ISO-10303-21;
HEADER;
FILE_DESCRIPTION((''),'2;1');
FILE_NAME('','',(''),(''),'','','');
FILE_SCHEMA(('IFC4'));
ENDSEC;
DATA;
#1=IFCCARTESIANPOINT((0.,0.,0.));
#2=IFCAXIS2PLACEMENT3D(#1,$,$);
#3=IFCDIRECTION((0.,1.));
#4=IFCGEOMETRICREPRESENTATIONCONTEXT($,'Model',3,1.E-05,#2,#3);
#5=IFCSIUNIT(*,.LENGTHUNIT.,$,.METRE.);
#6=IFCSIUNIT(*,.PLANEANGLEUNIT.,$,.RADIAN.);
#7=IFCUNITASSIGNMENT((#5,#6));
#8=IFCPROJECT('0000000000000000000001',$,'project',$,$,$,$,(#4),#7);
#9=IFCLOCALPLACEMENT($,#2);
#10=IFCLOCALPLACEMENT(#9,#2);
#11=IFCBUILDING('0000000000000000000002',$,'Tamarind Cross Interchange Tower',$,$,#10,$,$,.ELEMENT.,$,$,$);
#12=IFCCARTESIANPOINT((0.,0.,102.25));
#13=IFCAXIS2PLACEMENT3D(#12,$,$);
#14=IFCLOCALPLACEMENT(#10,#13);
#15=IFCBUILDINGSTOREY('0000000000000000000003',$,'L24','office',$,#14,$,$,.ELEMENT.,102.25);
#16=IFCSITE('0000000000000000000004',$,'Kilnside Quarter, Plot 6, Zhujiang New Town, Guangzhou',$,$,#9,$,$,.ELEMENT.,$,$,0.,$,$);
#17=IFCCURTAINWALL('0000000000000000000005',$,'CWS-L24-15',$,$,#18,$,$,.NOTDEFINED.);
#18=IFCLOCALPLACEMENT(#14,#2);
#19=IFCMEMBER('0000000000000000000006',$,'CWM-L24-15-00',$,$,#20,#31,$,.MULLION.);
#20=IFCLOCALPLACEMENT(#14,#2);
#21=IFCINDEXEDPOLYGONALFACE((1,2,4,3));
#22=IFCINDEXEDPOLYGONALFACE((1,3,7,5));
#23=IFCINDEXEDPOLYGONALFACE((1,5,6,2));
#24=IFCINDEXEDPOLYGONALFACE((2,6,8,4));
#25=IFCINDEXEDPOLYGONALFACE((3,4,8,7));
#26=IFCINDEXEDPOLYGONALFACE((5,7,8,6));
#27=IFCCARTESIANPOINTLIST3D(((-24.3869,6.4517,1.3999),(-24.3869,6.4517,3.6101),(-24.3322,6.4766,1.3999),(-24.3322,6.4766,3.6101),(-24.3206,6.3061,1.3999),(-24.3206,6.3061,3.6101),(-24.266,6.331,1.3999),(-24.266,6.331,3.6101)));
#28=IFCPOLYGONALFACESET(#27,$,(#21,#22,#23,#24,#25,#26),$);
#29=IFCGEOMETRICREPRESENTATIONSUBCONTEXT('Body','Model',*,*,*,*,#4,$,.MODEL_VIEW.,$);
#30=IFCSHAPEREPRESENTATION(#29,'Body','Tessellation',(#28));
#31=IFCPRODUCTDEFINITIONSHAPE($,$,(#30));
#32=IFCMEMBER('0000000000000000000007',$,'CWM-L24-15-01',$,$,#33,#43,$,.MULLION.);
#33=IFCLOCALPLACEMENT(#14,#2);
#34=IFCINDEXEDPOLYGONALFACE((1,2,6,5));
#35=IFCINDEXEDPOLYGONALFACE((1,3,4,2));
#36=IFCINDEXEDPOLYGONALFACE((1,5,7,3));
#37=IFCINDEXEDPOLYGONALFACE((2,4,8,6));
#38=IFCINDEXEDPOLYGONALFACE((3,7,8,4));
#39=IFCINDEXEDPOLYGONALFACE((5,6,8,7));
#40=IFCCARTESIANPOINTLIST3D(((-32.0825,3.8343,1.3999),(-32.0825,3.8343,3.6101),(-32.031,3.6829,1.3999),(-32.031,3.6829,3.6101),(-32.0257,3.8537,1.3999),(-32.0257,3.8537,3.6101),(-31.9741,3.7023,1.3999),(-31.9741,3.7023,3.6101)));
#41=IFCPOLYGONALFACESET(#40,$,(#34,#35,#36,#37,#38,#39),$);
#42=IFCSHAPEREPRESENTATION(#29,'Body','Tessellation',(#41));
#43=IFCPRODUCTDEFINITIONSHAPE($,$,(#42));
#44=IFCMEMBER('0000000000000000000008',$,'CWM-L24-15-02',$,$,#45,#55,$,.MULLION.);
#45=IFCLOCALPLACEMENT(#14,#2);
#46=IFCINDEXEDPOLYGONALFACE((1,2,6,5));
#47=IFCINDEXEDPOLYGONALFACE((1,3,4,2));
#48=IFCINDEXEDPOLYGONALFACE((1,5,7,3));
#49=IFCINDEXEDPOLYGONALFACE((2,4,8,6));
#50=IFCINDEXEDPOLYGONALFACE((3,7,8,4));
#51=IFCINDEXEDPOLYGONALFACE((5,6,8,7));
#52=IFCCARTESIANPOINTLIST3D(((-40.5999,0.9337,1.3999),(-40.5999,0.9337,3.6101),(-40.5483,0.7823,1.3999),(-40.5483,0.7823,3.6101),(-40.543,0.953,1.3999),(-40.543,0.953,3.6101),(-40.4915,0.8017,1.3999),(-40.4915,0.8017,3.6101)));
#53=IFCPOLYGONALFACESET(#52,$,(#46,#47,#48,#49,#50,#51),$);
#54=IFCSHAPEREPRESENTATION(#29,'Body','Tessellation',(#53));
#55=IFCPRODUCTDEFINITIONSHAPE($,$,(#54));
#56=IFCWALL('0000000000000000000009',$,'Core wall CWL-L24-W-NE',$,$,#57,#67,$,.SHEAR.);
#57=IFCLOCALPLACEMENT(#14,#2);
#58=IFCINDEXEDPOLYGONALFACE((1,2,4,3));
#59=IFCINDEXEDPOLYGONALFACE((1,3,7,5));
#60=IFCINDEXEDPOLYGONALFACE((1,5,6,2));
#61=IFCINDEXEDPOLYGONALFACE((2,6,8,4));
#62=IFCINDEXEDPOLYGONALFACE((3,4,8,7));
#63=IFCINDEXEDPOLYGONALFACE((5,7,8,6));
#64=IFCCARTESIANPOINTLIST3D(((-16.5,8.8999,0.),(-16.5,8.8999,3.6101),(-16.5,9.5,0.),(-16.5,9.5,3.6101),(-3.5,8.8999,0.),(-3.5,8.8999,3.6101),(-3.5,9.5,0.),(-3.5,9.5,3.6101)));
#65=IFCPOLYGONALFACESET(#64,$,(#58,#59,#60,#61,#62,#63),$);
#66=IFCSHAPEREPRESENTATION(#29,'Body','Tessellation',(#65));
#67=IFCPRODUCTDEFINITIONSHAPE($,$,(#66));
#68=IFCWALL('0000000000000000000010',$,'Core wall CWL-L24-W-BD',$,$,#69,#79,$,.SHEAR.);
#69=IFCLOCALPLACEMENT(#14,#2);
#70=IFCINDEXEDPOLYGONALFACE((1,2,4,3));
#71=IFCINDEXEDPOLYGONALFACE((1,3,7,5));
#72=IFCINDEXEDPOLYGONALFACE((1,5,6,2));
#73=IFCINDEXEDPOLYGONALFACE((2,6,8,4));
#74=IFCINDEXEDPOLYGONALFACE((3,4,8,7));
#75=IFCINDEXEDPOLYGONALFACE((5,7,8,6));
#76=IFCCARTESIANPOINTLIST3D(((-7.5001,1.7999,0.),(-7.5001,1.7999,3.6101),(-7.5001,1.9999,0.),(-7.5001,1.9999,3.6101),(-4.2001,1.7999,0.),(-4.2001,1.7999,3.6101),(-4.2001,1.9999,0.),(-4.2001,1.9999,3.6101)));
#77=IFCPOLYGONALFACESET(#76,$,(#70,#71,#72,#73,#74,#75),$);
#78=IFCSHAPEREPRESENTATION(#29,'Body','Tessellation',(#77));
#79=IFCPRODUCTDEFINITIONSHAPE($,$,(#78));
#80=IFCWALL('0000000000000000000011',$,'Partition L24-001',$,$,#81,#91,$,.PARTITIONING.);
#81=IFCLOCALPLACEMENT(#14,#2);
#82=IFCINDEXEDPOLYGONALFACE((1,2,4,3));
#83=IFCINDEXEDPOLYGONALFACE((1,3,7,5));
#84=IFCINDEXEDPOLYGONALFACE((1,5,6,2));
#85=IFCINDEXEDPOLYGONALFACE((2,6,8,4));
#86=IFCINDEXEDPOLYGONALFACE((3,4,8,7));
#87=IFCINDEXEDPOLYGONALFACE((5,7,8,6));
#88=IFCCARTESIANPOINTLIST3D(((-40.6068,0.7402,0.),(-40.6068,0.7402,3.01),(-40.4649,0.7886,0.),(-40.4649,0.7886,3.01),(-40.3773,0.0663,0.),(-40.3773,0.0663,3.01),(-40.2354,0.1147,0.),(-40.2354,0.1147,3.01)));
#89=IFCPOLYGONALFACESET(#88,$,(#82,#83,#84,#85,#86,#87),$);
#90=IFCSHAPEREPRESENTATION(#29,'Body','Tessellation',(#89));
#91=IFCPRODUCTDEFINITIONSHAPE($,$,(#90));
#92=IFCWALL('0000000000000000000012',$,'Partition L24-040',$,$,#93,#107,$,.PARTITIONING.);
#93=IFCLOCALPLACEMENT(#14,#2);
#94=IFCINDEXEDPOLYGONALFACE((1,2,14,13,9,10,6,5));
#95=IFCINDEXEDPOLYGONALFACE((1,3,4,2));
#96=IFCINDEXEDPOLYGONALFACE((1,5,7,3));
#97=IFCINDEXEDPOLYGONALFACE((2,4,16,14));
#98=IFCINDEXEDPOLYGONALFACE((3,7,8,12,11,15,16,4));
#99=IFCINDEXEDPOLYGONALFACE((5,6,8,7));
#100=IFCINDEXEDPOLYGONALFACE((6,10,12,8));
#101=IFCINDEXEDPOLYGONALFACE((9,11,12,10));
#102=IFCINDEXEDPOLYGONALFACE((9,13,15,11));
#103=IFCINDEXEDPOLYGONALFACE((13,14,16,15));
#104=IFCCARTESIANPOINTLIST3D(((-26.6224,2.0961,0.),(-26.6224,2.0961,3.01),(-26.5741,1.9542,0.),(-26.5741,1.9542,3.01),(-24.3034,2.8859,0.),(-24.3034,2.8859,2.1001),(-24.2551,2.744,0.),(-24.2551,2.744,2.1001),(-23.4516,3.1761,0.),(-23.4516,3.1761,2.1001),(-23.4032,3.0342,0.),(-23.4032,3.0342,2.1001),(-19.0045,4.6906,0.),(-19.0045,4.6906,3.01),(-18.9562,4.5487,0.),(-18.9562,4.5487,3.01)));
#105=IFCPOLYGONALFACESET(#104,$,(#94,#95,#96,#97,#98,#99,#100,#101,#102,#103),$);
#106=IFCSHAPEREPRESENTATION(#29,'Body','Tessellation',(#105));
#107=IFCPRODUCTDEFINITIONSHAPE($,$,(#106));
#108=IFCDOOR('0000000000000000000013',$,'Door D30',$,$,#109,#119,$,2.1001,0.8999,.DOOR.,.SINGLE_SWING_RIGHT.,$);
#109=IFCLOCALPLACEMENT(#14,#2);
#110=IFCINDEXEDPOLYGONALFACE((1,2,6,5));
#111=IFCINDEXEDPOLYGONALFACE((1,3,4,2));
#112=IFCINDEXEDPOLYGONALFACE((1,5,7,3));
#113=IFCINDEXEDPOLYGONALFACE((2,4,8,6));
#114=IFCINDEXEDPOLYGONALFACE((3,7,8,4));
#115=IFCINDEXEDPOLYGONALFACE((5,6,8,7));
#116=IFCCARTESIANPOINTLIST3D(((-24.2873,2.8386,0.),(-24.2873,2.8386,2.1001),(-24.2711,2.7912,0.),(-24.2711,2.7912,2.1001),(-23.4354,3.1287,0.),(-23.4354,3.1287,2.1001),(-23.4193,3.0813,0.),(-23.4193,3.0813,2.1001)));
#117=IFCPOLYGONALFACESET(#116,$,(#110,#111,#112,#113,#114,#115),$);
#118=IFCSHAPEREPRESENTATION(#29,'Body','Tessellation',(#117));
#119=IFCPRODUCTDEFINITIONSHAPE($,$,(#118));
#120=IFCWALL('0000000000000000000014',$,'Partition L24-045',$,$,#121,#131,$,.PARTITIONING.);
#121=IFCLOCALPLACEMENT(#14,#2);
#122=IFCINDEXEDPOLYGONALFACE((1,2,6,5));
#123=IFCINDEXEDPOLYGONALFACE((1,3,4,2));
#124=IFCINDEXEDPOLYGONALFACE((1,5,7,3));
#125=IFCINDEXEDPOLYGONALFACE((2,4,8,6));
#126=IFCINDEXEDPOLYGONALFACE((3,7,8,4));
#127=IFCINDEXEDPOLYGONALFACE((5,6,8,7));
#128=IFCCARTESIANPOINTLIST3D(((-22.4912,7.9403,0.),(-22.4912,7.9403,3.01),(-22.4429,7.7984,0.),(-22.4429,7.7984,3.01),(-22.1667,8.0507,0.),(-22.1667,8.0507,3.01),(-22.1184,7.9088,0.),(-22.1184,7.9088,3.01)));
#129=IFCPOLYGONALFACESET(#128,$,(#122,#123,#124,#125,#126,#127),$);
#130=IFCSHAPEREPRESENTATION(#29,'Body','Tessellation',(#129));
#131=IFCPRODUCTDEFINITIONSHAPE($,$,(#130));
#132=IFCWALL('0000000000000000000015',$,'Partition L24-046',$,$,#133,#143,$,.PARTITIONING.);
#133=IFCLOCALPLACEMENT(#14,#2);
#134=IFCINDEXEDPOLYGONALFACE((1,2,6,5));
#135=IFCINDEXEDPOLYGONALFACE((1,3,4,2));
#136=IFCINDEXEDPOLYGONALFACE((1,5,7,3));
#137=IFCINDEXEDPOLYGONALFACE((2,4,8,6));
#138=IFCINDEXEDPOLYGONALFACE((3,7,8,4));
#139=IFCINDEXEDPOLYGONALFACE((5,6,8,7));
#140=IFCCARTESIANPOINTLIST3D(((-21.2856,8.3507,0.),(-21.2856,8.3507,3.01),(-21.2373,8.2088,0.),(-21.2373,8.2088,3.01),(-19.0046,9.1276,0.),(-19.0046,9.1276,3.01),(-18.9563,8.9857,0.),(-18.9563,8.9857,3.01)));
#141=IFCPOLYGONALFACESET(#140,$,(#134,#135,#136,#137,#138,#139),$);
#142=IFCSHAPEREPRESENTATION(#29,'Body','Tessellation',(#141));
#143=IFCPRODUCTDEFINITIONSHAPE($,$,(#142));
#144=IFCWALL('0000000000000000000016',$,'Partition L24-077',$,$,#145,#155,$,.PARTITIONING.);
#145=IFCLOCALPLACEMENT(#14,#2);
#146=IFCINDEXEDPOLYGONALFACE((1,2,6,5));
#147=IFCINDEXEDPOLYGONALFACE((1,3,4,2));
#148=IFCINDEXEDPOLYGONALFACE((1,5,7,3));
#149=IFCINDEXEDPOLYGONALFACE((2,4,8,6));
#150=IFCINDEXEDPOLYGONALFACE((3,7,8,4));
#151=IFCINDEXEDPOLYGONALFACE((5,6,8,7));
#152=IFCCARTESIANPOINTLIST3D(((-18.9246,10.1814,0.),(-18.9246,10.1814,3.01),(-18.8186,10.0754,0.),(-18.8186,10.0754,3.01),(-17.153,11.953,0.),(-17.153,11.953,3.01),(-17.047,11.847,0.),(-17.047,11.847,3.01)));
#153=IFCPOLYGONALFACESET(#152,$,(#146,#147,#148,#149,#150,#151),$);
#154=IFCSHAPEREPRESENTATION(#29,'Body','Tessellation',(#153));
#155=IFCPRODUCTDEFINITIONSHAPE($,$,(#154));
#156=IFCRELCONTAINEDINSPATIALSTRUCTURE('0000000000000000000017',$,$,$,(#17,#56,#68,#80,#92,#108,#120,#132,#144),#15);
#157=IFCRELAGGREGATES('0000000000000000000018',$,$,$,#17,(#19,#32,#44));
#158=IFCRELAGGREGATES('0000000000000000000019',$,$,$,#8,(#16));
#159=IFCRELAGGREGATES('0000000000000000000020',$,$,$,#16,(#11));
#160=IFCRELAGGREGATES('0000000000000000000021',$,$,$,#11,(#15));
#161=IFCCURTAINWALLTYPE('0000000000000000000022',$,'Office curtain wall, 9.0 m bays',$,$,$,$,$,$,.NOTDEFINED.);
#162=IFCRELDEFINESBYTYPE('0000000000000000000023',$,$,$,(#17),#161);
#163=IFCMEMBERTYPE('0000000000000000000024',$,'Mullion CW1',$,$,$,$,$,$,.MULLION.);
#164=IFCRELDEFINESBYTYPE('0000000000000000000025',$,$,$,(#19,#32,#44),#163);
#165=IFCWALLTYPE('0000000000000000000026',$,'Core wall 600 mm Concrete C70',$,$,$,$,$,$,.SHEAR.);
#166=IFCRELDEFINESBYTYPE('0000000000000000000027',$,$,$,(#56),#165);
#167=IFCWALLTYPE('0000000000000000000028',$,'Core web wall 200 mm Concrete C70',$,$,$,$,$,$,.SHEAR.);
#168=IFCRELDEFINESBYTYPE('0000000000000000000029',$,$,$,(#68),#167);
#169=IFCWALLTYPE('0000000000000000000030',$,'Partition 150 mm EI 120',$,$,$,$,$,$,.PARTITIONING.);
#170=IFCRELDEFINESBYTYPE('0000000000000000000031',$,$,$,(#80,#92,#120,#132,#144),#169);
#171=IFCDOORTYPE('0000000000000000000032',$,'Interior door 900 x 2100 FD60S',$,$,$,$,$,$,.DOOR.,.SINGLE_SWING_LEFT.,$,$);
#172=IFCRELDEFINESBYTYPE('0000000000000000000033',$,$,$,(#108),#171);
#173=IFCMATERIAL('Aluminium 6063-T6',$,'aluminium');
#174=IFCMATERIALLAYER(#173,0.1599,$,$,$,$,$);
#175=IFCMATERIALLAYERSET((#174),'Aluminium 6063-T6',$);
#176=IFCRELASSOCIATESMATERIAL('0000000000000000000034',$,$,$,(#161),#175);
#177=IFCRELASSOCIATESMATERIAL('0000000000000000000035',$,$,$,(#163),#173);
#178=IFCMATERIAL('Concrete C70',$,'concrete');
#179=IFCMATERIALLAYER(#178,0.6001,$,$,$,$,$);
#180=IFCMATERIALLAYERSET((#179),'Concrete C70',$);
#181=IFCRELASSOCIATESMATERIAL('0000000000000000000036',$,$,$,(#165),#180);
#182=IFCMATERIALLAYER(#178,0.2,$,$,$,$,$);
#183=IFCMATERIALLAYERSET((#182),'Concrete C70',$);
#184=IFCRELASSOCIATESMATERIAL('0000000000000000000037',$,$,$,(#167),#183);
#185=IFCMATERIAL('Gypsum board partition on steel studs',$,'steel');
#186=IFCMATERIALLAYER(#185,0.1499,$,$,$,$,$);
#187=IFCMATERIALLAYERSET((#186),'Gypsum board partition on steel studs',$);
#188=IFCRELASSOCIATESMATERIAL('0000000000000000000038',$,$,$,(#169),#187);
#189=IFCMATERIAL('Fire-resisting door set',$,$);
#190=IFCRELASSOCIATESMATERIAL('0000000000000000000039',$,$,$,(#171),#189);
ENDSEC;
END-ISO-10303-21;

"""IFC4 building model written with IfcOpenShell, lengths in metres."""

from ifc_helpers import new_model, si_unit, direction, frame, frame_2d, origin, origin_2d, place, context, subcontext, project, spatial, rectangle, extrude, material, layer, layer_set, material_profile, profile_set, type_object, element, fill, aggregate, save


model = new_model("IFC4")

# Units and contexts
model_context = context("Model", 3, precision=1e-05, world=origin(), true_north=direction((0.0, 1.0)))
body_context = subcontext(model_context, "Body", "Model", "MODEL_VIEW")
ifc_project = project(units=[si_unit("LENGTHUNIT", "METRE"), si_unit("PLANEANGLEUNIT", "RADIAN")], contexts=[model_context])

# Site, building, storey
site_placement = place(None, origin())
site = spatial("IfcSite", under=ifc_project, at=site_placement, Name="Kilnside Quarter, Plot 6, Zhujiang New Town, Guangzhou", CompositionType="ELEMENT", RefElevation=0.0)
building_placement = place(site_placement, origin())
building = spatial("IfcBuilding", under=site, at=building_placement, Name="Tamarind Cross Interchange Tower", CompositionType="ELEMENT")
storey_placement = place(building_placement, frame((0.0, 0.0, 102.25)))
storey = spatial("IfcBuildingStorey", under=building, at=storey_placement, Name="L24", Description="office", CompositionType="ELEMENT", Elevation=102.25)

# Curtain wall, members
ifc_material_1 = material(Name="Aluminium 6063-T6", Category="aluminium")
ifc_layer_1 = layer(ifc_material_1, 0.1599)
ifc_layer_set_1 = layer_set([ifc_layer_1], Name="Aluminium 6063-T6")
curtain_wall_type = type_object("IfcCurtainWallType", Name="Office curtain wall, 9.0 m bays", PredefinedType="NOTDEFINED", material=ifc_layer_set_1)
curtain_wall_placement = place(storey_placement, origin())
curtain_wall = element("IfcCurtainWall", 1, at=curtain_wall_placement, inside=storey, type_object=curtain_wall_type, Name="CWS-L24-15", PredefinedType="NOTDEFINED")
ifc_material_profile_1 = material_profile(ifc_material_1, rectangle(XDim=0.0601, YDim=0.1599, at=origin_2d()), Name="Mullion CW1")
ifc_profile_set_1 = profile_set([ifc_material_profile_1], Name="Aluminium 6063-T6")
member_type = type_object("IfcMemberType", Name="Mullion CW1", PredefinedType="MULLION", material=ifc_profile_set_1)
member_1_placement = place(storey_placement, frame((-24.3264, 6.3914, 1.3999), z_axis=(0.0, 0.0, 1.0), x_axis=(-0.910165, -0.414246, 0.0)))
member_1 = element("IfcMember", 2, at=member_1_placement, type_object=member_type, Name="CWM-L24-15-00", PredefinedType="MULLION", context=body_context, shape_type="SweptSolid", body=[
    extrude(rectangle(XDim=0.0601, YDim=0.1599, at=origin_2d()), origin(), (0.0, 0.0, 1.0), 2.2102),
])
member_2_placement = place(storey_placement, frame((-32.0283, 3.7683, 1.3999), z_axis=(0.0, 0.0, 1.0), x_axis=(-0.946613, -0.322371, 0.0)))
member_2 = element("IfcMember", 3, at=member_2_placement, type_object=member_type, Name="CWM-L24-15-01", PredefinedType="MULLION", context=body_context, shape_type="SweptSolid", body=[
    extrude(rectangle(XDim=0.0601, YDim=0.1599, at=origin_2d()), origin(), (0.0, 0.0, 1.0), 2.2102),
])
member_3_placement = place(storey_placement, frame((-40.5457, 0.8677, 1.3999), z_axis=(0.0, 0.0, 1.0), x_axis=(-0.946613, -0.322371, 0.0)))
member_3 = element("IfcMember", 4, at=member_3_placement, type_object=member_type, Name="CWM-L24-15-02", PredefinedType="MULLION", context=body_context, shape_type="SweptSolid", body=[
    extrude(rectangle(XDim=0.0601, YDim=0.1599, at=origin_2d()), origin(), (0.0, 0.0, 1.0), 2.2102),
])
aggregate(curtain_wall, [member_1, member_2, member_3])

# Walls
ifc_material_2 = material(Name="Concrete C70", Category="concrete")
ifc_layer_2 = layer(ifc_material_2, 0.6001)
ifc_layer_set_2 = layer_set([ifc_layer_2], Name="Concrete C70")
wall_type_1 = type_object("IfcWallType", Name="Core wall 600 mm Concrete C70", PredefinedType="SHEAR", material=ifc_layer_set_2)
wall_1_placement = place(storey_placement, frame((-16.5, 9.2, 0.0), z_axis=(0.0, 0.0, 1.0), x_axis=(1.0, 0.0, 0.0)))
element("IfcWall", 5, at=wall_1_placement, inside=storey, type_object=wall_type_1, Name="Core wall CWL-L24-W-NE", PredefinedType="SHEAR", context=body_context, shape_type="SweptSolid", body=[
    extrude(rectangle(XDim=13.0, YDim=0.6001, at=frame_2d((6.5, 0.0))), origin(), (0.0, 0.0, 1.0), 3.6101),
])
ifc_layer_3 = layer(ifc_material_2, 0.2)
ifc_layer_set_3 = layer_set([ifc_layer_3], Name="Concrete C70")
wall_type_2 = type_object("IfcWallType", Name="Core web wall 200 mm Concrete C70", PredefinedType="SHEAR", material=ifc_layer_set_3)
wall_2_placement = place(storey_placement, frame((-7.5, 1.8999, 0.0), z_axis=(0.0, 0.0, 1.0), x_axis=(1.0, 0.0, 0.0)))
element("IfcWall", 6, at=wall_2_placement, inside=storey, type_object=wall_type_2, Name="Core wall CWL-L24-W-BD", PredefinedType="SHEAR", context=body_context, shape_type="SweptSolid", body=[
    extrude(rectangle(XDim=3.3, YDim=0.2, at=frame_2d((1.6499, 0.0))), origin(), (0.0, 0.0, 1.0), 3.6101),
])
ifc_material_3 = material(Name="Gypsum board partition on steel studs", Category="steel")
ifc_layer_4 = layer(ifc_material_3, 0.1499)
ifc_layer_set_4 = layer_set([ifc_layer_4], Name="Gypsum board partition on steel studs")
wall_type_3 = type_object("IfcWallType", Name="Partition 150 mm EI 120", PredefinedType="PARTITIONING", material=ifc_layer_set_4)
wall_3_placement = place(storey_placement, frame((-40.5359, 0.7644, 0.0), z_axis=(0.0, 0.0, 1.0), x_axis=(0.322395, -0.946605, 0.0)))
element("IfcWall", 7, at=wall_3_placement, inside=storey, type_object=wall_type_3, Name="Partition L24-001", PredefinedType="PARTITIONING", context=body_context, shape_type="SweptSolid", body=[
    extrude(rectangle(XDim=0.7119, YDim=0.1499, at=frame_2d((0.356, 0.0))), origin(), (0.0, 0.0, 1.0), 3.01),
])

# Wall, opening, door
wall_4_placement = place(storey_placement, frame((-26.5984, 2.0251, 0.0), z_axis=(0.0, 0.0, 1.0), x_axis=(0.946606, 0.322392, 0.0)))
wall_4 = element("IfcWall", 8, at=wall_4_placement, inside=storey, type_object=wall_type_3, Name="Partition L24-040", PredefinedType="PARTITIONING", context=body_context, shape_type="SweptSolid", body=[
    extrude(rectangle(XDim=8.0476, YDim=0.1499, at=frame_2d((4.0239, 0.0))), origin(), (0.0, 0.0, 1.0), 3.01),
])
opening_1_placement = place(wall_4_placement, frame((2.45, 0.0, 0.0)))
opening_1 = element("IfcOpeningElement", 9, at=opening_1_placement, cuts=wall_4, PredefinedType="OPENING", context=body_context, shape_type="SweptSolid", body=[
    extrude(rectangle(XDim=0.8999, YDim=2.1001, at=frame_2d((0.45, 1.05))), frame((0.0, 0.085, 0.0), z_axis=(0.0, -1.0, 0.0), x_axis=(1.0, 0.0, 0.0)), (0.0, 0.0, 1.0), 0.1699),
])
ifc_material_4 = material(Name="Fire-resisting door set")
door_type_1 = type_object("IfcDoorType", Name="Interior door 900 x 2100 FD60S", OperationType="SINGLE_SWING_LEFT", PredefinedType="DOOR", material=ifc_material_4)
door_1_placement = place(opening_1_placement, origin())
door_1 = element("IfcDoor", 10, at=door_1_placement, inside=storey, type_object=door_type_1, Name="Door D30", OperationType="SINGLE_SWING_RIGHT", OverallHeight=2.1001, OverallWidth=0.8999, PredefinedType="DOOR", context=body_context, shape_type="SweptSolid", body=[
    extrude(rectangle(XDim=0.8999, YDim=2.1001, at=frame_2d((0.45, 1.05))), frame((0.0, 0.0249, 0.0), z_axis=(0.0, -1.0, 0.0), x_axis=(1.0, 0.0, 0.0)), (0.0, 0.0, 1.0), 0.05),
])
fill(opening_1, door_1)

# Walls
wall_5_placement = place(storey_placement, frame((-22.467, 7.8694, 0.0), z_axis=(0.0, 0.0, 1.0), x_axis=(0.946742, 0.321992, 0.0)))
element("IfcWall", 11, at=wall_5_placement, inside=storey, type_object=wall_type_3, Name="Partition L24-045", PredefinedType="PARTITIONING", context=body_context, shape_type="SweptSolid", body=[
    extrude(rectangle(XDim=0.3428, YDim=0.1499, at=frame_2d((0.1714, 0.0))), origin(), (0.0, 0.0, 1.0), 3.01),
])
wall_6_placement = place(storey_placement, frame((-21.2615, 8.2798, 0.0), z_axis=(0.0, 0.0, 1.0), x_axis=(0.946606, 0.322391, 0.0)))
element("IfcWall", 12, at=wall_6_placement, inside=storey, type_object=wall_type_3, Name="Partition L24-046", PredefinedType="PARTITIONING", context=body_context, shape_type="SweptSolid", body=[
    extrude(rectangle(XDim=2.4097, YDim=0.1499, at=frame_2d((1.2048, 0.0))), origin(), (0.0, 0.0, 1.0), 3.01),
])
wall_7_placement = place(storey_placement, frame((-18.8716, 10.1284, 0.0), z_axis=(0.0, 0.0, 1.0), x_axis=(0.707107, 0.707107, 0.0)))
element("IfcWall", 13, at=wall_7_placement, inside=storey, type_object=wall_type_3, Name="Partition L24-077", PredefinedType="PARTITIONING", context=body_context, shape_type="SweptSolid", body=[
    extrude(rectangle(XDim=2.5054, YDim=0.1499, at=frame_2d((1.2527, 0.0))), origin(), (0.0, 0.0, 1.0), 3.01),
])

save(model, "model.ifc")
